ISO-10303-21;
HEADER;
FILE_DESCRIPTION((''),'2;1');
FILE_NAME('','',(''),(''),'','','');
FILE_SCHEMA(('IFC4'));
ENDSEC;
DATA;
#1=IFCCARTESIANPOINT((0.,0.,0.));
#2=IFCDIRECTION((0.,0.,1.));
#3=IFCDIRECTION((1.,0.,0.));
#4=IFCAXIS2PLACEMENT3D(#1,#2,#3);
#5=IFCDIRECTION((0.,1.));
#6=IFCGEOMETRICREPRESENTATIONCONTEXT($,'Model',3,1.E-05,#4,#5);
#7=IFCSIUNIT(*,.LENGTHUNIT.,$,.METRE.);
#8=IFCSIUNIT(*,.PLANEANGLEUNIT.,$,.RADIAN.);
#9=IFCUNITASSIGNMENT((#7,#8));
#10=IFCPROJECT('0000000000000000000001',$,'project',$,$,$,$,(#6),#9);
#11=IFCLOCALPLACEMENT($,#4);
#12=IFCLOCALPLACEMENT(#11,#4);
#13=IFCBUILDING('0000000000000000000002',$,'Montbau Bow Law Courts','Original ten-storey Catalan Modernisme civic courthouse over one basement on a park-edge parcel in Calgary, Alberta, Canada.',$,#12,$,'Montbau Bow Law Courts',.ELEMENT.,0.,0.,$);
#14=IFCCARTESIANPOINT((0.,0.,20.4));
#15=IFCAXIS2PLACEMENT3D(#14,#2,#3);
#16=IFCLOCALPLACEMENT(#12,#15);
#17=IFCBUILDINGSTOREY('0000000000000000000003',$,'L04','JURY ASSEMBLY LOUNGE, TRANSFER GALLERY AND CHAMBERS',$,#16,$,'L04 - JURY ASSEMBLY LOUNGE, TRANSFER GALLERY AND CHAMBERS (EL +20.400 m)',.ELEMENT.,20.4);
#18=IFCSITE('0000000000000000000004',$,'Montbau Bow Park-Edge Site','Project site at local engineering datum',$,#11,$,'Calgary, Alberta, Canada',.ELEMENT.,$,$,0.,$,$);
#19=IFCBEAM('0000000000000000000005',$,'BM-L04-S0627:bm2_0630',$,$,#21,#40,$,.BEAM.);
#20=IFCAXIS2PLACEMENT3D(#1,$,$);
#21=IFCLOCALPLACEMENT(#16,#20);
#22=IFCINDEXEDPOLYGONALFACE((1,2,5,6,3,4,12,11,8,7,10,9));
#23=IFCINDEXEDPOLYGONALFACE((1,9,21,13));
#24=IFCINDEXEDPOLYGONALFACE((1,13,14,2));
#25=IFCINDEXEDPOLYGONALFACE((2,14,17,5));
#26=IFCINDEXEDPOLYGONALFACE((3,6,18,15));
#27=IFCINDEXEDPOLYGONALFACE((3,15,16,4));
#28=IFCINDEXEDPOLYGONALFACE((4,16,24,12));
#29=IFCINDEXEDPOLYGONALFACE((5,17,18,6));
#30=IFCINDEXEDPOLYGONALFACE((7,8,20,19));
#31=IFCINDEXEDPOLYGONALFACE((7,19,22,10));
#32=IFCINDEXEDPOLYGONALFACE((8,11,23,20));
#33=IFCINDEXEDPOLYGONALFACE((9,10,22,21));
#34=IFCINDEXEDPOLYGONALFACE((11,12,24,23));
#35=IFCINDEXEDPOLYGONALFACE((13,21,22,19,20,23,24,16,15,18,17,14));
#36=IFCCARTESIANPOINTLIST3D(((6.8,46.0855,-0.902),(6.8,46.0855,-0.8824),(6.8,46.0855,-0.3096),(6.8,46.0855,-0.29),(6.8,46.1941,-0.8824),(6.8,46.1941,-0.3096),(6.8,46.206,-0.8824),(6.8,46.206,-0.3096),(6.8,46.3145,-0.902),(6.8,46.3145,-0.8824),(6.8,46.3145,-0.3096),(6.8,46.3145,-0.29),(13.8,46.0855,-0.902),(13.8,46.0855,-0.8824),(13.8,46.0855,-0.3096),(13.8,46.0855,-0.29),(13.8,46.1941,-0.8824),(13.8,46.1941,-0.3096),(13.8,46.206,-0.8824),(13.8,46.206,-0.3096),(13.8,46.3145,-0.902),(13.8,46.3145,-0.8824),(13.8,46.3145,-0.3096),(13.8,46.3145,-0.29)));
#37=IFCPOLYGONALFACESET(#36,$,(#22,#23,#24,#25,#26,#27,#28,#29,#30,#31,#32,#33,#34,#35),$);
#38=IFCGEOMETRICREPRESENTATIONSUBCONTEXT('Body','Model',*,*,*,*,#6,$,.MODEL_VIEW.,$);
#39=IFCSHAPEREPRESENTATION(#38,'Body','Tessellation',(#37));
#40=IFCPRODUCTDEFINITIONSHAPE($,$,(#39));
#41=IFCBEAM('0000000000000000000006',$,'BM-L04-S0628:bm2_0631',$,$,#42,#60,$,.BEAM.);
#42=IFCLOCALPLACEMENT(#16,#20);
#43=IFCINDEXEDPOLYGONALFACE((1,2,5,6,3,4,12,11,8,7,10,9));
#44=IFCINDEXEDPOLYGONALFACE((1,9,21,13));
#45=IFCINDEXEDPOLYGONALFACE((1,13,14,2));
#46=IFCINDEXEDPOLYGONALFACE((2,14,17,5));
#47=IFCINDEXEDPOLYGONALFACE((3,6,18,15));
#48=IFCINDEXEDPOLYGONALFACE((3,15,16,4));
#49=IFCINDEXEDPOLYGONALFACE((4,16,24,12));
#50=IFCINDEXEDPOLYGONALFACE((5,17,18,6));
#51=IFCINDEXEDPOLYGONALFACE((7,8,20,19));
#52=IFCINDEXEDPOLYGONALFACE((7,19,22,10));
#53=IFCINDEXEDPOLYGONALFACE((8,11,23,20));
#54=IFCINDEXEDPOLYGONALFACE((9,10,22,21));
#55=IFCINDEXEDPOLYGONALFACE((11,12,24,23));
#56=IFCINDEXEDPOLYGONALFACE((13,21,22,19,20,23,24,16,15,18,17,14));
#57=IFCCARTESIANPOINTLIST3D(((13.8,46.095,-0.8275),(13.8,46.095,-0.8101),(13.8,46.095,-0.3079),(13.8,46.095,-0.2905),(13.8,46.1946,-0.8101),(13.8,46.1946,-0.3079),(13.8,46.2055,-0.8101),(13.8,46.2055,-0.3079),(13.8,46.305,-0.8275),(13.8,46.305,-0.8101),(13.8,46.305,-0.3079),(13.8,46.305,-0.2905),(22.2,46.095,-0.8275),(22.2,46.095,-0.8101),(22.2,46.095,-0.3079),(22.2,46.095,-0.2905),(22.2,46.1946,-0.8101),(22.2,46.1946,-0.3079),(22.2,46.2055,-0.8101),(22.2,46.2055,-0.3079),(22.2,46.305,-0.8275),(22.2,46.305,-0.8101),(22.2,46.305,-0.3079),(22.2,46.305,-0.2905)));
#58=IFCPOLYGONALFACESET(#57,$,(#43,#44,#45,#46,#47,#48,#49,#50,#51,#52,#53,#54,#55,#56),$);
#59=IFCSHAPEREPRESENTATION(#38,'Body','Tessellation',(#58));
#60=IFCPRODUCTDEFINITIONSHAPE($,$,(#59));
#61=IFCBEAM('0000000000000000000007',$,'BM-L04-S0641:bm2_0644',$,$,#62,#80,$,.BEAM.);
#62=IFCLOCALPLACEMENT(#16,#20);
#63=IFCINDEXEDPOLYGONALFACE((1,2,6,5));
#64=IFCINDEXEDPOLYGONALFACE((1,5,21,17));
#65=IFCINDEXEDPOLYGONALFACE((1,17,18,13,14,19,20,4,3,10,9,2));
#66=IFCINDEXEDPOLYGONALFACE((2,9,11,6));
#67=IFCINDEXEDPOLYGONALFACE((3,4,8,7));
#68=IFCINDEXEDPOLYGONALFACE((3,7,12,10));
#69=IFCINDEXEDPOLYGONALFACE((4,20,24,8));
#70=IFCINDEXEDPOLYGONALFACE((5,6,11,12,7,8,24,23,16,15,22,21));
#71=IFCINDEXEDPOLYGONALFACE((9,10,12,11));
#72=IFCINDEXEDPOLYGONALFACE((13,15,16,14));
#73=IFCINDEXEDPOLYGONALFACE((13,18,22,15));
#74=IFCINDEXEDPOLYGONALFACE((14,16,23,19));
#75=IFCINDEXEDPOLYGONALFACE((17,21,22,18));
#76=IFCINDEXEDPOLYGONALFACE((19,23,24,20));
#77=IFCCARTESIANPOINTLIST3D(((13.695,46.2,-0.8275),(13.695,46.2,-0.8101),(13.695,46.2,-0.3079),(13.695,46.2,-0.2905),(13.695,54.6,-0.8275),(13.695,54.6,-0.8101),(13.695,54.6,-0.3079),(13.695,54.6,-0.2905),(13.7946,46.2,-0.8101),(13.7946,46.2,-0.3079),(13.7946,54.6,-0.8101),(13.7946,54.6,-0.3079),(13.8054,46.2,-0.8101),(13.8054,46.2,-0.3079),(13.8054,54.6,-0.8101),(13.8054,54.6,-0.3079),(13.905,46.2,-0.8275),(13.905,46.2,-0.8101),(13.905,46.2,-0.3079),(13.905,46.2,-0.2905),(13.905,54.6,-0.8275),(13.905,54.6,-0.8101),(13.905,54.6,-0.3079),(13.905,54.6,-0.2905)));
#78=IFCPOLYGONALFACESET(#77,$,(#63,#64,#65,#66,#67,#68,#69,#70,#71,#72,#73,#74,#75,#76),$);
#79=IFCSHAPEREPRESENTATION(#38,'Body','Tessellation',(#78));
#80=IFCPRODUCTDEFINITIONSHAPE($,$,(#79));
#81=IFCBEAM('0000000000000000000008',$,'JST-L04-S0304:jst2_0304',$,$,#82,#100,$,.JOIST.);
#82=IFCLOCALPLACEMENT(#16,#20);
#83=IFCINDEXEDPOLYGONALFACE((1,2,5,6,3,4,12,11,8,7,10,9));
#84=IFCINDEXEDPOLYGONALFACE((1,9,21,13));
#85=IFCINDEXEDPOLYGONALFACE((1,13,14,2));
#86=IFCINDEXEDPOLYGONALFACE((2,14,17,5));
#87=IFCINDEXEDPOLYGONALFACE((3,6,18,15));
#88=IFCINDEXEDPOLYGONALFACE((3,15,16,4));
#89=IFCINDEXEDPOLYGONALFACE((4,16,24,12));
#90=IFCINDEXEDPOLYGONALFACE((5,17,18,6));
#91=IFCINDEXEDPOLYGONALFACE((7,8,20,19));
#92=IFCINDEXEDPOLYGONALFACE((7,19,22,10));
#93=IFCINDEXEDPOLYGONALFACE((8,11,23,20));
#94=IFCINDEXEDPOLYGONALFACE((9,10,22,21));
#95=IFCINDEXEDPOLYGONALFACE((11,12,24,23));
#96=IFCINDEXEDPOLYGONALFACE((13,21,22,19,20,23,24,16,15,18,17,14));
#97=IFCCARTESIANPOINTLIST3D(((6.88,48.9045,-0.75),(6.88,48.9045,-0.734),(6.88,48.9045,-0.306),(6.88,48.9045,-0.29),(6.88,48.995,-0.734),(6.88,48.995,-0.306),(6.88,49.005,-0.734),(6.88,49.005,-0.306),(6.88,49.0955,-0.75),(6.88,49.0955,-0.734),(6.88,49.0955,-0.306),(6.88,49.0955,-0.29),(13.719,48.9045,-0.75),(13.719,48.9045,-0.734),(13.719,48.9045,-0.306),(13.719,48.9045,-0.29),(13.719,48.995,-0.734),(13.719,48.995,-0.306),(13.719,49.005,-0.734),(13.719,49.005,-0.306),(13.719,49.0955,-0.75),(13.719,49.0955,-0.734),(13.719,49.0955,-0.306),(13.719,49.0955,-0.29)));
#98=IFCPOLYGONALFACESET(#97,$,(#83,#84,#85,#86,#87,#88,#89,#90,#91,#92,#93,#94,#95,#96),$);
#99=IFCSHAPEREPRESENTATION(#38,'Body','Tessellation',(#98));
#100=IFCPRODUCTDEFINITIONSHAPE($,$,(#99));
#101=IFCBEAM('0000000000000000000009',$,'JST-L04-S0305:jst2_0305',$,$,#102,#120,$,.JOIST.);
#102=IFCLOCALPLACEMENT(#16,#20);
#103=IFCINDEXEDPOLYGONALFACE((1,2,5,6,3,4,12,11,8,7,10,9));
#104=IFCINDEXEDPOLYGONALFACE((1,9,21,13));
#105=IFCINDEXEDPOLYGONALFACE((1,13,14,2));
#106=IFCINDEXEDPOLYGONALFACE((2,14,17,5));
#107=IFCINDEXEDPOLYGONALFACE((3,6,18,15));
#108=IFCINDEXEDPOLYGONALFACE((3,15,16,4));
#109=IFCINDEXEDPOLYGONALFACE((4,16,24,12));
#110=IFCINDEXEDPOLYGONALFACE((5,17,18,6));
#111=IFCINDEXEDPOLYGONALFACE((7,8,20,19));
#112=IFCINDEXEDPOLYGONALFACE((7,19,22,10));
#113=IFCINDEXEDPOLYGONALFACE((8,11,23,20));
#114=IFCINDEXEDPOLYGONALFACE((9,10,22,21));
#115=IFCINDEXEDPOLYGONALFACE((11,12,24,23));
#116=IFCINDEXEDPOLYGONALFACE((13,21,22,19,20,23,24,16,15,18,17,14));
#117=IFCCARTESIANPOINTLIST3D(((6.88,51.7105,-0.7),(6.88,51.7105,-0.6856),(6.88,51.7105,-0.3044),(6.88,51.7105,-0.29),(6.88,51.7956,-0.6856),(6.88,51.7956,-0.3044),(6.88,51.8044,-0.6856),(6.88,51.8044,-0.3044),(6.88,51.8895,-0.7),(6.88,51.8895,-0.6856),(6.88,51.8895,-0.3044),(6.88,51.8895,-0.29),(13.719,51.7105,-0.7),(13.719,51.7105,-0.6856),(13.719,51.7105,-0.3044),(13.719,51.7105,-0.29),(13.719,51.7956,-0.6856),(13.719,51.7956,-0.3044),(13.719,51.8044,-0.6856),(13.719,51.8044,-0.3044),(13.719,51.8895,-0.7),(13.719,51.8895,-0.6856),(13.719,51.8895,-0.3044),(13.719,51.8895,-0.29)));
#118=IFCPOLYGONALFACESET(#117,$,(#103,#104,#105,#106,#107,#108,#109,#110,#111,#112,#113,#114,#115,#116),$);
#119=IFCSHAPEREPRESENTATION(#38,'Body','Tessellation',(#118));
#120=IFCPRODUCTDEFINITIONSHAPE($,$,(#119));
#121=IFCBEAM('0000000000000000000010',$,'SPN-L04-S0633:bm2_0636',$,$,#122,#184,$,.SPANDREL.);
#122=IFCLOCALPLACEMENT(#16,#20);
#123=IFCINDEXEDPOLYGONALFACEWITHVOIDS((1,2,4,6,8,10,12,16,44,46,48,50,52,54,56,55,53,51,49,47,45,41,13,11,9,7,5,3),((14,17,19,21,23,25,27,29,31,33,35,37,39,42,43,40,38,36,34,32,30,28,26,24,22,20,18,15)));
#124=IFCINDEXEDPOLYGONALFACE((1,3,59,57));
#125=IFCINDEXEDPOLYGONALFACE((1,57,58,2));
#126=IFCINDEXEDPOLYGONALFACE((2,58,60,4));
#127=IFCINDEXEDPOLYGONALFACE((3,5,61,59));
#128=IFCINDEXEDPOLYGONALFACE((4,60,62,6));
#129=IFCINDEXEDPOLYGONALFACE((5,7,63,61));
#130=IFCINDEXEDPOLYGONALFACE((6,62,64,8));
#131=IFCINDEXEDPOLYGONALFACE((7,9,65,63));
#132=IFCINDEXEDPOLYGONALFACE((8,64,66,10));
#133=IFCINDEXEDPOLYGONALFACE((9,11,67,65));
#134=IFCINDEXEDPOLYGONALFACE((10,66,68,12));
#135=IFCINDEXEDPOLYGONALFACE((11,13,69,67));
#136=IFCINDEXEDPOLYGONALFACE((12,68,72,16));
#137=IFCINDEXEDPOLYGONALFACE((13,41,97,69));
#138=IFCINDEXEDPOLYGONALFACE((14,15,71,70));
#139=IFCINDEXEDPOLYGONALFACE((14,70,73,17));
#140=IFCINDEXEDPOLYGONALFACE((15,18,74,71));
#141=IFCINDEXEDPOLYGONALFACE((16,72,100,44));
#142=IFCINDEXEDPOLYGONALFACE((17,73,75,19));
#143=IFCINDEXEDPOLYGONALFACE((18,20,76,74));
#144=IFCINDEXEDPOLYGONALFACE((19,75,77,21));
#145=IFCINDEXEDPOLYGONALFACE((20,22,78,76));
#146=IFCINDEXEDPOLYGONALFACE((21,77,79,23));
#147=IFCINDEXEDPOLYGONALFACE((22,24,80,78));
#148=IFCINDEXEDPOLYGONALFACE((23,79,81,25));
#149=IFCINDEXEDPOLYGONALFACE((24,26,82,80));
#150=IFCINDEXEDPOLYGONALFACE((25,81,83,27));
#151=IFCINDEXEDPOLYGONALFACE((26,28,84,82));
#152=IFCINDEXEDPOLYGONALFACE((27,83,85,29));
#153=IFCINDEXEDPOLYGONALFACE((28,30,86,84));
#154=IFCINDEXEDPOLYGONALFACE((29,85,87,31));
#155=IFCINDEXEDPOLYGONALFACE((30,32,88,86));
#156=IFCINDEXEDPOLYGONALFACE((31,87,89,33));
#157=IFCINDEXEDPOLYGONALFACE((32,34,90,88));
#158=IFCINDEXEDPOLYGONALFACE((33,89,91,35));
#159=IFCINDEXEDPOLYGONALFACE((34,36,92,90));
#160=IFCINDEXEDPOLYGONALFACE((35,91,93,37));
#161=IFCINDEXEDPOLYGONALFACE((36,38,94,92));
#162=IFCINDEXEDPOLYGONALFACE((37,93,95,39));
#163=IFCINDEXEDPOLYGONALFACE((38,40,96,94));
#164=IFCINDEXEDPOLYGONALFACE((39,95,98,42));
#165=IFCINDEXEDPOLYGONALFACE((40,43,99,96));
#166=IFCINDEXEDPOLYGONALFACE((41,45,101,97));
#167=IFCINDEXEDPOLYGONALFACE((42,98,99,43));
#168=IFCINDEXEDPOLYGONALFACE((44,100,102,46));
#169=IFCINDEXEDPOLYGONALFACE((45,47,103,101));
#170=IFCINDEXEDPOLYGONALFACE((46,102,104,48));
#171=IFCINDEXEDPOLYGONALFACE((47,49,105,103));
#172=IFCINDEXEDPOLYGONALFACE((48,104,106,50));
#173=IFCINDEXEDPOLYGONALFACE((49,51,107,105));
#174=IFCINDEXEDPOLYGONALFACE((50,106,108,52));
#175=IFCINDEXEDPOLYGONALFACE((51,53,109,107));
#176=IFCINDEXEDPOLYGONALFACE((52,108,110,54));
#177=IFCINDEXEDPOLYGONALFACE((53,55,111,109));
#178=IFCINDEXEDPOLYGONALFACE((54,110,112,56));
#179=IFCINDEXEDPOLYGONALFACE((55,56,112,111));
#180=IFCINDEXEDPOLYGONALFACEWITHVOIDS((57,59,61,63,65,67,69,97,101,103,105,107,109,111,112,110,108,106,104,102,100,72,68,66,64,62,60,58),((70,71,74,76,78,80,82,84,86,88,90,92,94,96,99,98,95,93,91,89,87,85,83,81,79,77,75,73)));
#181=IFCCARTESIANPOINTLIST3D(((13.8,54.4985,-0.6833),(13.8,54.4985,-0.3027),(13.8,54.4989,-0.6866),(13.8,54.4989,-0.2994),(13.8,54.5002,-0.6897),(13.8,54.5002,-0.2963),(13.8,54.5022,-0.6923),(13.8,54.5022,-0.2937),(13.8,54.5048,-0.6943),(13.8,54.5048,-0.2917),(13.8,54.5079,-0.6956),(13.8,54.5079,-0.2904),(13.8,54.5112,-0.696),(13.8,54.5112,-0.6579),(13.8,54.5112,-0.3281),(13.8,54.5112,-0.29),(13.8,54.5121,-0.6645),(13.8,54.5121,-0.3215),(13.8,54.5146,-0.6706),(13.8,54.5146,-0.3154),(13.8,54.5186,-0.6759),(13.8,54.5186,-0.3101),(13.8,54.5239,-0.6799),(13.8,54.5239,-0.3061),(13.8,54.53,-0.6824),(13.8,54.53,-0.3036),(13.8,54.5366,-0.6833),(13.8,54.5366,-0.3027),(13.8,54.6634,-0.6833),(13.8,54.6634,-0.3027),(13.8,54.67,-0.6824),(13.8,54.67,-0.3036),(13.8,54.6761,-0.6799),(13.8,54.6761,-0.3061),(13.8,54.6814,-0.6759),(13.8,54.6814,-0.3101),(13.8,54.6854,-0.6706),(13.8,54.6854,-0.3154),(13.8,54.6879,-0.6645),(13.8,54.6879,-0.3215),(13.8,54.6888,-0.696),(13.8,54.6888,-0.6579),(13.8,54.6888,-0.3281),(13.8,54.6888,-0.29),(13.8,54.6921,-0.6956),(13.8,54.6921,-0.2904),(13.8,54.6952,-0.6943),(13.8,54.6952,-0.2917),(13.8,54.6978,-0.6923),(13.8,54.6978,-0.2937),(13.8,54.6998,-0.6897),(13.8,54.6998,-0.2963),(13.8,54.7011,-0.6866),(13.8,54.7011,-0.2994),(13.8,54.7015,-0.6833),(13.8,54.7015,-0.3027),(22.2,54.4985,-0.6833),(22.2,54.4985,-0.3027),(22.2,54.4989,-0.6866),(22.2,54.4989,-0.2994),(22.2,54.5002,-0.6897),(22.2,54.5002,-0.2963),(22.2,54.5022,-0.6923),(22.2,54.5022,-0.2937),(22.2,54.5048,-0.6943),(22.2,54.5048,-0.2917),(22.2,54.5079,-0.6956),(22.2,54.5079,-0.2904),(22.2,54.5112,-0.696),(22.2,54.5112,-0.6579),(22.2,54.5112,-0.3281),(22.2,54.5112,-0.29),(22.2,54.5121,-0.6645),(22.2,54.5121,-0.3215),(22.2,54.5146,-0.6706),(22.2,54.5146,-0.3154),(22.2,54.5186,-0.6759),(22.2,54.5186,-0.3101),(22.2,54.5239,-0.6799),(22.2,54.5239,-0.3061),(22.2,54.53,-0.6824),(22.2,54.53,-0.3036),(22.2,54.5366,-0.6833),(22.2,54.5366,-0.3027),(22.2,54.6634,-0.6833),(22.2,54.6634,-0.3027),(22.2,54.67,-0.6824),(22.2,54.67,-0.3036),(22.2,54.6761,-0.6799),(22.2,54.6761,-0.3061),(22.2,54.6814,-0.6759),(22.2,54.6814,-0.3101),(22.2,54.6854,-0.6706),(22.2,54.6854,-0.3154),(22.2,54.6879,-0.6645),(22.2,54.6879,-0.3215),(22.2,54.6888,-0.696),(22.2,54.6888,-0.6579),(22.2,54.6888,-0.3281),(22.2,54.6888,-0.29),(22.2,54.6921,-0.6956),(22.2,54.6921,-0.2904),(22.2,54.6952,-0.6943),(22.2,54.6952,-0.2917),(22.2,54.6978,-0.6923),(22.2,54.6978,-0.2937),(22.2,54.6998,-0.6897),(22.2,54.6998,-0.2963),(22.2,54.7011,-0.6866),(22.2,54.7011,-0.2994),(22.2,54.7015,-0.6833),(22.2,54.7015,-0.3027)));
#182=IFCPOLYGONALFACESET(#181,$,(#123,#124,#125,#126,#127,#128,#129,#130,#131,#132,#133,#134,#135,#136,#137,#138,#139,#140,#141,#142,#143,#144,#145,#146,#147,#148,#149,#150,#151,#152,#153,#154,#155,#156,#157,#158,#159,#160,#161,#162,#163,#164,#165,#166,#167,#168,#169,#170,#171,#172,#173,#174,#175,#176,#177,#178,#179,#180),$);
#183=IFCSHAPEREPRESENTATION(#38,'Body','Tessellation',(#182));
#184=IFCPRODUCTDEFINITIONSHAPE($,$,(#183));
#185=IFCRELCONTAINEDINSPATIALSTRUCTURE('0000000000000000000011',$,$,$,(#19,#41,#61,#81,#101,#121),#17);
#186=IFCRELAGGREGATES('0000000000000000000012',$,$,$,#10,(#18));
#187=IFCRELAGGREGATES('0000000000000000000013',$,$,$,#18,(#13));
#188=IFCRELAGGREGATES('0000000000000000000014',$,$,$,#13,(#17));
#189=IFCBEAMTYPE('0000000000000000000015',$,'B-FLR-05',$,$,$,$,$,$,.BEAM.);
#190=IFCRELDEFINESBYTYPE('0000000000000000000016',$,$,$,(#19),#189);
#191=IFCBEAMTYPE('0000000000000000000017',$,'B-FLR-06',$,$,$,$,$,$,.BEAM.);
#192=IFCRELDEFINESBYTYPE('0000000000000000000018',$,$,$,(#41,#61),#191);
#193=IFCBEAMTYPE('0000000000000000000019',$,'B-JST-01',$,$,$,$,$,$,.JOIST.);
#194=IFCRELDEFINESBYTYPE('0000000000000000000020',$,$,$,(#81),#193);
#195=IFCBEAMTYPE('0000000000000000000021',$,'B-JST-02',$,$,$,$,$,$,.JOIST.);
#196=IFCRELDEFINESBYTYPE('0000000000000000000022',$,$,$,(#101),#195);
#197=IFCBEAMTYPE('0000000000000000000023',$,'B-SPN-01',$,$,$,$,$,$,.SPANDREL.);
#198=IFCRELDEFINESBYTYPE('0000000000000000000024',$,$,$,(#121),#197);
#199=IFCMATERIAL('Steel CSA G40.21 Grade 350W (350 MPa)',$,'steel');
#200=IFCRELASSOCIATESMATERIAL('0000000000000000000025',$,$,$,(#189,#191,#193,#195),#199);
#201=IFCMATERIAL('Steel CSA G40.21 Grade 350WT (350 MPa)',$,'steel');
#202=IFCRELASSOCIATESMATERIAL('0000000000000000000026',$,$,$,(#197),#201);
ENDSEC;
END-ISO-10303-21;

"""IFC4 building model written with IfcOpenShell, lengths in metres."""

from ifc_helpers import new_model, si_unit, direction, frame, origin_with_axes, origin_2d_with_axis, place, context, subcontext, project, spatial, hollow_rectangle, i_section, extrude, material, material_profile, profile_set, type_object, element, save


model = new_model("IFC4")

# Units and contexts
model_context = context("Model", 3, precision=1e-05, world=origin_with_axes(), true_north=direction((0.0, 1.0)))
body_context = subcontext(model_context, "Body", "Model", "MODEL_VIEW")
ifc_project = project(units=[si_unit("LENGTHUNIT", "METRE"), si_unit("PLANEANGLEUNIT", "RADIAN")], contexts=[model_context])

# Site, building, storey
site_placement = place(None, origin_with_axes())
site = spatial("IfcSite", under=ifc_project, at=site_placement, Name="Montbau Bow Park-Edge Site", Description="Project site at local engineering datum", LongName="Calgary, Alberta, Canada", CompositionType="ELEMENT", RefElevation=0.0)
building_placement = place(site_placement, origin_with_axes())
building = spatial("IfcBuilding", under=site, at=building_placement, Name="Montbau Bow Law Courts", Description="Original ten-storey Catalan Modernisme civic courthouse over one basement on a park-edge parcel in Calgary, Alberta, Canada.", LongName="Montbau Bow Law Courts", CompositionType="ELEMENT", ElevationOfRefHeight=0.0, ElevationOfTerrain=0.0)
storey_placement = place(building_placement, frame((0.0, 0.0, 20.4), z_axis=(0.0, 0.0, 1.0), x_axis=(1.0, 0.0, 0.0)))
storey = spatial("IfcBuildingStorey", under=building, at=storey_placement, Name="L04", Description="JURY ASSEMBLY LOUNGE, TRANSFER GALLERY AND CHAMBERS", LongName="L04 - JURY ASSEMBLY LOUNGE, TRANSFER GALLERY AND CHAMBERS (EL +20.400 m)", CompositionType="ELEMENT", Elevation=20.4)

# Shared definitions
ifc_material_1 = material(Name="Steel CSA G40.21 Grade 350WT (350 MPa)", Category="steel")
ifc_material_2 = material(Name="Steel CSA G40.21 Grade 350W (350 MPa)", Category="steel")

# Beams
ifc_material_profile_1 = material_profile(ifc_material_2, i_section(OverallWidth=0.229, OverallDepth=0.612, WebThickness=0.0119, FlangeThickness=0.0196, at=origin_2d_with_axis()), Name="W610X125", Category="Main", Priority=0)
ifc_profile_set_1 = profile_set([ifc_material_profile_1], Name="Steel CSA G40.21 Grade 350W (350 MPa)")
beam_type_1 = type_object("IfcBeamType", Name="B-FLR-05", PredefinedType="BEAM", material=ifc_profile_set_1)
beam_1_placement = place(None, frame((6.8, 46.2, 19.804), z_axis=(1.0, 0.0, 0.0), x_axis=(0.0, 1.0, 0.0)))
element("IfcBeam", 1, at=beam_1_placement, inside=storey, type_object=beam_type_1, Name="BM-L04-S0627:bm2_0630", PredefinedType="BEAM", context=body_context, shape_type="SweptSolid", body=[
    extrude(i_section(OverallWidth=0.229, OverallDepth=0.612, WebThickness=0.0119, FlangeThickness=0.0196, at=origin_2d_with_axis()), origin_with_axes(), (0.0, 0.0, 1.0), 7.0),
])
ifc_material_profile_2 = material_profile(ifc_material_2, i_section(OverallWidth=0.21, OverallDepth=0.537, WebThickness=0.0109, FlangeThickness=0.0174, at=origin_2d_with_axis()), Name="W530X101", Category="Main", Priority=0)
ifc_profile_set_2 = profile_set([ifc_material_profile_2], Name="Steel CSA G40.21 Grade 350W (350 MPa)")
beam_type_2 = type_object("IfcBeamType", Name="B-FLR-06", PredefinedType="BEAM", material=ifc_profile_set_2)
for number, where, z_axis, x_axis, name in (
    (2, (13.8, 46.2, 19.841), (1.0, 0.0, 0.0), (0.0, 1.0, 0.0), "BM-L04-S0628:bm2_0631"),
    (3, (13.8, 46.2, 19.841), (0.0, 1.0, 0.0), (-1.0, 0.0, 0.0), "BM-L04-S0641:bm2_0644"),
):
    element("IfcBeam", number, at=place(None, frame(where, z_axis=z_axis, x_axis=x_axis)), inside=storey, type_object=beam_type_2, Name=name, PredefinedType="BEAM", context=body_context, shape_type="SweptSolid", body=[
        extrude(i_section(OverallWidth=0.21, OverallDepth=0.537, WebThickness=0.0109, FlangeThickness=0.0174, at=origin_2d_with_axis()), origin_with_axes(), (0.0, 0.0, 1.0), 8.4),
    ])
ifc_material_profile_3 = material_profile(ifc_material_2, i_section(OverallWidth=0.191, OverallDepth=0.46, WebThickness=0.0099, FlangeThickness=0.016, at=origin_2d_with_axis()), Name="W460X82", Category="Main", Priority=0)
ifc_profile_set_3 = profile_set([ifc_material_profile_3], Name="Steel CSA G40.21 Grade 350W (350 MPa)")
beam_type_3 = type_object("IfcBeamType", Name="B-JST-01", PredefinedType="JOIST", material=ifc_profile_set_3)
beam_2_placement = place(None, frame((6.88, 49.0, 19.88), z_axis=(1.0, 0.0, 0.0), x_axis=(0.0, 1.0, 0.0)))
element("IfcBeam", 4, at=beam_2_placement, inside=storey, type_object=beam_type_3, Name="JST-L04-S0304:jst2_0304", PredefinedType="JOIST", context=body_context, shape_type="SweptSolid", body=[
    extrude(i_section(OverallWidth=0.191, OverallDepth=0.46, WebThickness=0.0099, FlangeThickness=0.016, at=origin_2d_with_axis()), origin_with_axes(), (0.0, 0.0, 1.0), 6.839),
])
ifc_material_profile_4 = material_profile(ifc_material_2, i_section(OverallWidth=0.179, OverallDepth=0.41, WebThickness=0.0088, FlangeThickness=0.0144, at=origin_2d_with_axis()), Name="W410X67", Category="Main", Priority=0)
ifc_profile_set_4 = profile_set([ifc_material_profile_4], Name="Steel CSA G40.21 Grade 350W (350 MPa)")
beam_type_4 = type_object("IfcBeamType", Name="B-JST-02", PredefinedType="JOIST", material=ifc_profile_set_4)
beam_3_placement = place(None, frame((6.88, 51.8, 19.905), z_axis=(1.0, 0.0, 0.0), x_axis=(0.0, 1.0, 0.0)))
element("IfcBeam", 5, at=beam_3_placement, inside=storey, type_object=beam_type_4, Name="JST-L04-S0305:jst2_0305", PredefinedType="JOIST", context=body_context, shape_type="SweptSolid", body=[
    extrude(i_section(OverallWidth=0.179, OverallDepth=0.41, WebThickness=0.0088, FlangeThickness=0.0144, at=origin_2d_with_axis()), origin_with_axes(), (0.0, 0.0, 1.0), 6.839),
])
ifc_material_profile_5 = material_profile(ifc_material_1, hollow_rectangle(XDim=0.203, YDim=0.406, WallThickness=0.0127, InnerFilletRadius=0.0254, OuterFilletRadius=0.0127, at=origin_2d_with_axis()), Name="HSS406X203X13", Category="Main", Priority=0)
ifc_profile_set_5 = profile_set([ifc_material_profile_5], Name="Steel CSA G40.21 Grade 350WT (350 MPa)")
beam_type_5 = type_object("IfcBeamType", Name="B-SPN-01", PredefinedType="SPANDREL", material=ifc_profile_set_5)
for number, where, z_axis, x_axis, name in (
    (6, (13.8, 54.6, 19.907), (1.0, 0.0, 0.0), (0.0, 1.0, 0.0), "SPN-L04-S0633:bm2_0636"),
):
    element("IfcBeam", number, at=place(None, frame(where, z_axis=z_axis, x_axis=x_axis)), inside=storey, type_object=beam_type_5, Name=name, PredefinedType="SPANDREL", context=body_context, shape_type="SweptSolid", body=[
        extrude(hollow_rectangle(XDim=0.203, YDim=0.406, WallThickness=0.0127, InnerFilletRadius=0.0254, OuterFilletRadius=0.0127, at=origin_2d_with_axis()), origin_with_axes(), (0.0, 0.0, 1.0), 8.4),
    ])

save(model, "model.ifc")
